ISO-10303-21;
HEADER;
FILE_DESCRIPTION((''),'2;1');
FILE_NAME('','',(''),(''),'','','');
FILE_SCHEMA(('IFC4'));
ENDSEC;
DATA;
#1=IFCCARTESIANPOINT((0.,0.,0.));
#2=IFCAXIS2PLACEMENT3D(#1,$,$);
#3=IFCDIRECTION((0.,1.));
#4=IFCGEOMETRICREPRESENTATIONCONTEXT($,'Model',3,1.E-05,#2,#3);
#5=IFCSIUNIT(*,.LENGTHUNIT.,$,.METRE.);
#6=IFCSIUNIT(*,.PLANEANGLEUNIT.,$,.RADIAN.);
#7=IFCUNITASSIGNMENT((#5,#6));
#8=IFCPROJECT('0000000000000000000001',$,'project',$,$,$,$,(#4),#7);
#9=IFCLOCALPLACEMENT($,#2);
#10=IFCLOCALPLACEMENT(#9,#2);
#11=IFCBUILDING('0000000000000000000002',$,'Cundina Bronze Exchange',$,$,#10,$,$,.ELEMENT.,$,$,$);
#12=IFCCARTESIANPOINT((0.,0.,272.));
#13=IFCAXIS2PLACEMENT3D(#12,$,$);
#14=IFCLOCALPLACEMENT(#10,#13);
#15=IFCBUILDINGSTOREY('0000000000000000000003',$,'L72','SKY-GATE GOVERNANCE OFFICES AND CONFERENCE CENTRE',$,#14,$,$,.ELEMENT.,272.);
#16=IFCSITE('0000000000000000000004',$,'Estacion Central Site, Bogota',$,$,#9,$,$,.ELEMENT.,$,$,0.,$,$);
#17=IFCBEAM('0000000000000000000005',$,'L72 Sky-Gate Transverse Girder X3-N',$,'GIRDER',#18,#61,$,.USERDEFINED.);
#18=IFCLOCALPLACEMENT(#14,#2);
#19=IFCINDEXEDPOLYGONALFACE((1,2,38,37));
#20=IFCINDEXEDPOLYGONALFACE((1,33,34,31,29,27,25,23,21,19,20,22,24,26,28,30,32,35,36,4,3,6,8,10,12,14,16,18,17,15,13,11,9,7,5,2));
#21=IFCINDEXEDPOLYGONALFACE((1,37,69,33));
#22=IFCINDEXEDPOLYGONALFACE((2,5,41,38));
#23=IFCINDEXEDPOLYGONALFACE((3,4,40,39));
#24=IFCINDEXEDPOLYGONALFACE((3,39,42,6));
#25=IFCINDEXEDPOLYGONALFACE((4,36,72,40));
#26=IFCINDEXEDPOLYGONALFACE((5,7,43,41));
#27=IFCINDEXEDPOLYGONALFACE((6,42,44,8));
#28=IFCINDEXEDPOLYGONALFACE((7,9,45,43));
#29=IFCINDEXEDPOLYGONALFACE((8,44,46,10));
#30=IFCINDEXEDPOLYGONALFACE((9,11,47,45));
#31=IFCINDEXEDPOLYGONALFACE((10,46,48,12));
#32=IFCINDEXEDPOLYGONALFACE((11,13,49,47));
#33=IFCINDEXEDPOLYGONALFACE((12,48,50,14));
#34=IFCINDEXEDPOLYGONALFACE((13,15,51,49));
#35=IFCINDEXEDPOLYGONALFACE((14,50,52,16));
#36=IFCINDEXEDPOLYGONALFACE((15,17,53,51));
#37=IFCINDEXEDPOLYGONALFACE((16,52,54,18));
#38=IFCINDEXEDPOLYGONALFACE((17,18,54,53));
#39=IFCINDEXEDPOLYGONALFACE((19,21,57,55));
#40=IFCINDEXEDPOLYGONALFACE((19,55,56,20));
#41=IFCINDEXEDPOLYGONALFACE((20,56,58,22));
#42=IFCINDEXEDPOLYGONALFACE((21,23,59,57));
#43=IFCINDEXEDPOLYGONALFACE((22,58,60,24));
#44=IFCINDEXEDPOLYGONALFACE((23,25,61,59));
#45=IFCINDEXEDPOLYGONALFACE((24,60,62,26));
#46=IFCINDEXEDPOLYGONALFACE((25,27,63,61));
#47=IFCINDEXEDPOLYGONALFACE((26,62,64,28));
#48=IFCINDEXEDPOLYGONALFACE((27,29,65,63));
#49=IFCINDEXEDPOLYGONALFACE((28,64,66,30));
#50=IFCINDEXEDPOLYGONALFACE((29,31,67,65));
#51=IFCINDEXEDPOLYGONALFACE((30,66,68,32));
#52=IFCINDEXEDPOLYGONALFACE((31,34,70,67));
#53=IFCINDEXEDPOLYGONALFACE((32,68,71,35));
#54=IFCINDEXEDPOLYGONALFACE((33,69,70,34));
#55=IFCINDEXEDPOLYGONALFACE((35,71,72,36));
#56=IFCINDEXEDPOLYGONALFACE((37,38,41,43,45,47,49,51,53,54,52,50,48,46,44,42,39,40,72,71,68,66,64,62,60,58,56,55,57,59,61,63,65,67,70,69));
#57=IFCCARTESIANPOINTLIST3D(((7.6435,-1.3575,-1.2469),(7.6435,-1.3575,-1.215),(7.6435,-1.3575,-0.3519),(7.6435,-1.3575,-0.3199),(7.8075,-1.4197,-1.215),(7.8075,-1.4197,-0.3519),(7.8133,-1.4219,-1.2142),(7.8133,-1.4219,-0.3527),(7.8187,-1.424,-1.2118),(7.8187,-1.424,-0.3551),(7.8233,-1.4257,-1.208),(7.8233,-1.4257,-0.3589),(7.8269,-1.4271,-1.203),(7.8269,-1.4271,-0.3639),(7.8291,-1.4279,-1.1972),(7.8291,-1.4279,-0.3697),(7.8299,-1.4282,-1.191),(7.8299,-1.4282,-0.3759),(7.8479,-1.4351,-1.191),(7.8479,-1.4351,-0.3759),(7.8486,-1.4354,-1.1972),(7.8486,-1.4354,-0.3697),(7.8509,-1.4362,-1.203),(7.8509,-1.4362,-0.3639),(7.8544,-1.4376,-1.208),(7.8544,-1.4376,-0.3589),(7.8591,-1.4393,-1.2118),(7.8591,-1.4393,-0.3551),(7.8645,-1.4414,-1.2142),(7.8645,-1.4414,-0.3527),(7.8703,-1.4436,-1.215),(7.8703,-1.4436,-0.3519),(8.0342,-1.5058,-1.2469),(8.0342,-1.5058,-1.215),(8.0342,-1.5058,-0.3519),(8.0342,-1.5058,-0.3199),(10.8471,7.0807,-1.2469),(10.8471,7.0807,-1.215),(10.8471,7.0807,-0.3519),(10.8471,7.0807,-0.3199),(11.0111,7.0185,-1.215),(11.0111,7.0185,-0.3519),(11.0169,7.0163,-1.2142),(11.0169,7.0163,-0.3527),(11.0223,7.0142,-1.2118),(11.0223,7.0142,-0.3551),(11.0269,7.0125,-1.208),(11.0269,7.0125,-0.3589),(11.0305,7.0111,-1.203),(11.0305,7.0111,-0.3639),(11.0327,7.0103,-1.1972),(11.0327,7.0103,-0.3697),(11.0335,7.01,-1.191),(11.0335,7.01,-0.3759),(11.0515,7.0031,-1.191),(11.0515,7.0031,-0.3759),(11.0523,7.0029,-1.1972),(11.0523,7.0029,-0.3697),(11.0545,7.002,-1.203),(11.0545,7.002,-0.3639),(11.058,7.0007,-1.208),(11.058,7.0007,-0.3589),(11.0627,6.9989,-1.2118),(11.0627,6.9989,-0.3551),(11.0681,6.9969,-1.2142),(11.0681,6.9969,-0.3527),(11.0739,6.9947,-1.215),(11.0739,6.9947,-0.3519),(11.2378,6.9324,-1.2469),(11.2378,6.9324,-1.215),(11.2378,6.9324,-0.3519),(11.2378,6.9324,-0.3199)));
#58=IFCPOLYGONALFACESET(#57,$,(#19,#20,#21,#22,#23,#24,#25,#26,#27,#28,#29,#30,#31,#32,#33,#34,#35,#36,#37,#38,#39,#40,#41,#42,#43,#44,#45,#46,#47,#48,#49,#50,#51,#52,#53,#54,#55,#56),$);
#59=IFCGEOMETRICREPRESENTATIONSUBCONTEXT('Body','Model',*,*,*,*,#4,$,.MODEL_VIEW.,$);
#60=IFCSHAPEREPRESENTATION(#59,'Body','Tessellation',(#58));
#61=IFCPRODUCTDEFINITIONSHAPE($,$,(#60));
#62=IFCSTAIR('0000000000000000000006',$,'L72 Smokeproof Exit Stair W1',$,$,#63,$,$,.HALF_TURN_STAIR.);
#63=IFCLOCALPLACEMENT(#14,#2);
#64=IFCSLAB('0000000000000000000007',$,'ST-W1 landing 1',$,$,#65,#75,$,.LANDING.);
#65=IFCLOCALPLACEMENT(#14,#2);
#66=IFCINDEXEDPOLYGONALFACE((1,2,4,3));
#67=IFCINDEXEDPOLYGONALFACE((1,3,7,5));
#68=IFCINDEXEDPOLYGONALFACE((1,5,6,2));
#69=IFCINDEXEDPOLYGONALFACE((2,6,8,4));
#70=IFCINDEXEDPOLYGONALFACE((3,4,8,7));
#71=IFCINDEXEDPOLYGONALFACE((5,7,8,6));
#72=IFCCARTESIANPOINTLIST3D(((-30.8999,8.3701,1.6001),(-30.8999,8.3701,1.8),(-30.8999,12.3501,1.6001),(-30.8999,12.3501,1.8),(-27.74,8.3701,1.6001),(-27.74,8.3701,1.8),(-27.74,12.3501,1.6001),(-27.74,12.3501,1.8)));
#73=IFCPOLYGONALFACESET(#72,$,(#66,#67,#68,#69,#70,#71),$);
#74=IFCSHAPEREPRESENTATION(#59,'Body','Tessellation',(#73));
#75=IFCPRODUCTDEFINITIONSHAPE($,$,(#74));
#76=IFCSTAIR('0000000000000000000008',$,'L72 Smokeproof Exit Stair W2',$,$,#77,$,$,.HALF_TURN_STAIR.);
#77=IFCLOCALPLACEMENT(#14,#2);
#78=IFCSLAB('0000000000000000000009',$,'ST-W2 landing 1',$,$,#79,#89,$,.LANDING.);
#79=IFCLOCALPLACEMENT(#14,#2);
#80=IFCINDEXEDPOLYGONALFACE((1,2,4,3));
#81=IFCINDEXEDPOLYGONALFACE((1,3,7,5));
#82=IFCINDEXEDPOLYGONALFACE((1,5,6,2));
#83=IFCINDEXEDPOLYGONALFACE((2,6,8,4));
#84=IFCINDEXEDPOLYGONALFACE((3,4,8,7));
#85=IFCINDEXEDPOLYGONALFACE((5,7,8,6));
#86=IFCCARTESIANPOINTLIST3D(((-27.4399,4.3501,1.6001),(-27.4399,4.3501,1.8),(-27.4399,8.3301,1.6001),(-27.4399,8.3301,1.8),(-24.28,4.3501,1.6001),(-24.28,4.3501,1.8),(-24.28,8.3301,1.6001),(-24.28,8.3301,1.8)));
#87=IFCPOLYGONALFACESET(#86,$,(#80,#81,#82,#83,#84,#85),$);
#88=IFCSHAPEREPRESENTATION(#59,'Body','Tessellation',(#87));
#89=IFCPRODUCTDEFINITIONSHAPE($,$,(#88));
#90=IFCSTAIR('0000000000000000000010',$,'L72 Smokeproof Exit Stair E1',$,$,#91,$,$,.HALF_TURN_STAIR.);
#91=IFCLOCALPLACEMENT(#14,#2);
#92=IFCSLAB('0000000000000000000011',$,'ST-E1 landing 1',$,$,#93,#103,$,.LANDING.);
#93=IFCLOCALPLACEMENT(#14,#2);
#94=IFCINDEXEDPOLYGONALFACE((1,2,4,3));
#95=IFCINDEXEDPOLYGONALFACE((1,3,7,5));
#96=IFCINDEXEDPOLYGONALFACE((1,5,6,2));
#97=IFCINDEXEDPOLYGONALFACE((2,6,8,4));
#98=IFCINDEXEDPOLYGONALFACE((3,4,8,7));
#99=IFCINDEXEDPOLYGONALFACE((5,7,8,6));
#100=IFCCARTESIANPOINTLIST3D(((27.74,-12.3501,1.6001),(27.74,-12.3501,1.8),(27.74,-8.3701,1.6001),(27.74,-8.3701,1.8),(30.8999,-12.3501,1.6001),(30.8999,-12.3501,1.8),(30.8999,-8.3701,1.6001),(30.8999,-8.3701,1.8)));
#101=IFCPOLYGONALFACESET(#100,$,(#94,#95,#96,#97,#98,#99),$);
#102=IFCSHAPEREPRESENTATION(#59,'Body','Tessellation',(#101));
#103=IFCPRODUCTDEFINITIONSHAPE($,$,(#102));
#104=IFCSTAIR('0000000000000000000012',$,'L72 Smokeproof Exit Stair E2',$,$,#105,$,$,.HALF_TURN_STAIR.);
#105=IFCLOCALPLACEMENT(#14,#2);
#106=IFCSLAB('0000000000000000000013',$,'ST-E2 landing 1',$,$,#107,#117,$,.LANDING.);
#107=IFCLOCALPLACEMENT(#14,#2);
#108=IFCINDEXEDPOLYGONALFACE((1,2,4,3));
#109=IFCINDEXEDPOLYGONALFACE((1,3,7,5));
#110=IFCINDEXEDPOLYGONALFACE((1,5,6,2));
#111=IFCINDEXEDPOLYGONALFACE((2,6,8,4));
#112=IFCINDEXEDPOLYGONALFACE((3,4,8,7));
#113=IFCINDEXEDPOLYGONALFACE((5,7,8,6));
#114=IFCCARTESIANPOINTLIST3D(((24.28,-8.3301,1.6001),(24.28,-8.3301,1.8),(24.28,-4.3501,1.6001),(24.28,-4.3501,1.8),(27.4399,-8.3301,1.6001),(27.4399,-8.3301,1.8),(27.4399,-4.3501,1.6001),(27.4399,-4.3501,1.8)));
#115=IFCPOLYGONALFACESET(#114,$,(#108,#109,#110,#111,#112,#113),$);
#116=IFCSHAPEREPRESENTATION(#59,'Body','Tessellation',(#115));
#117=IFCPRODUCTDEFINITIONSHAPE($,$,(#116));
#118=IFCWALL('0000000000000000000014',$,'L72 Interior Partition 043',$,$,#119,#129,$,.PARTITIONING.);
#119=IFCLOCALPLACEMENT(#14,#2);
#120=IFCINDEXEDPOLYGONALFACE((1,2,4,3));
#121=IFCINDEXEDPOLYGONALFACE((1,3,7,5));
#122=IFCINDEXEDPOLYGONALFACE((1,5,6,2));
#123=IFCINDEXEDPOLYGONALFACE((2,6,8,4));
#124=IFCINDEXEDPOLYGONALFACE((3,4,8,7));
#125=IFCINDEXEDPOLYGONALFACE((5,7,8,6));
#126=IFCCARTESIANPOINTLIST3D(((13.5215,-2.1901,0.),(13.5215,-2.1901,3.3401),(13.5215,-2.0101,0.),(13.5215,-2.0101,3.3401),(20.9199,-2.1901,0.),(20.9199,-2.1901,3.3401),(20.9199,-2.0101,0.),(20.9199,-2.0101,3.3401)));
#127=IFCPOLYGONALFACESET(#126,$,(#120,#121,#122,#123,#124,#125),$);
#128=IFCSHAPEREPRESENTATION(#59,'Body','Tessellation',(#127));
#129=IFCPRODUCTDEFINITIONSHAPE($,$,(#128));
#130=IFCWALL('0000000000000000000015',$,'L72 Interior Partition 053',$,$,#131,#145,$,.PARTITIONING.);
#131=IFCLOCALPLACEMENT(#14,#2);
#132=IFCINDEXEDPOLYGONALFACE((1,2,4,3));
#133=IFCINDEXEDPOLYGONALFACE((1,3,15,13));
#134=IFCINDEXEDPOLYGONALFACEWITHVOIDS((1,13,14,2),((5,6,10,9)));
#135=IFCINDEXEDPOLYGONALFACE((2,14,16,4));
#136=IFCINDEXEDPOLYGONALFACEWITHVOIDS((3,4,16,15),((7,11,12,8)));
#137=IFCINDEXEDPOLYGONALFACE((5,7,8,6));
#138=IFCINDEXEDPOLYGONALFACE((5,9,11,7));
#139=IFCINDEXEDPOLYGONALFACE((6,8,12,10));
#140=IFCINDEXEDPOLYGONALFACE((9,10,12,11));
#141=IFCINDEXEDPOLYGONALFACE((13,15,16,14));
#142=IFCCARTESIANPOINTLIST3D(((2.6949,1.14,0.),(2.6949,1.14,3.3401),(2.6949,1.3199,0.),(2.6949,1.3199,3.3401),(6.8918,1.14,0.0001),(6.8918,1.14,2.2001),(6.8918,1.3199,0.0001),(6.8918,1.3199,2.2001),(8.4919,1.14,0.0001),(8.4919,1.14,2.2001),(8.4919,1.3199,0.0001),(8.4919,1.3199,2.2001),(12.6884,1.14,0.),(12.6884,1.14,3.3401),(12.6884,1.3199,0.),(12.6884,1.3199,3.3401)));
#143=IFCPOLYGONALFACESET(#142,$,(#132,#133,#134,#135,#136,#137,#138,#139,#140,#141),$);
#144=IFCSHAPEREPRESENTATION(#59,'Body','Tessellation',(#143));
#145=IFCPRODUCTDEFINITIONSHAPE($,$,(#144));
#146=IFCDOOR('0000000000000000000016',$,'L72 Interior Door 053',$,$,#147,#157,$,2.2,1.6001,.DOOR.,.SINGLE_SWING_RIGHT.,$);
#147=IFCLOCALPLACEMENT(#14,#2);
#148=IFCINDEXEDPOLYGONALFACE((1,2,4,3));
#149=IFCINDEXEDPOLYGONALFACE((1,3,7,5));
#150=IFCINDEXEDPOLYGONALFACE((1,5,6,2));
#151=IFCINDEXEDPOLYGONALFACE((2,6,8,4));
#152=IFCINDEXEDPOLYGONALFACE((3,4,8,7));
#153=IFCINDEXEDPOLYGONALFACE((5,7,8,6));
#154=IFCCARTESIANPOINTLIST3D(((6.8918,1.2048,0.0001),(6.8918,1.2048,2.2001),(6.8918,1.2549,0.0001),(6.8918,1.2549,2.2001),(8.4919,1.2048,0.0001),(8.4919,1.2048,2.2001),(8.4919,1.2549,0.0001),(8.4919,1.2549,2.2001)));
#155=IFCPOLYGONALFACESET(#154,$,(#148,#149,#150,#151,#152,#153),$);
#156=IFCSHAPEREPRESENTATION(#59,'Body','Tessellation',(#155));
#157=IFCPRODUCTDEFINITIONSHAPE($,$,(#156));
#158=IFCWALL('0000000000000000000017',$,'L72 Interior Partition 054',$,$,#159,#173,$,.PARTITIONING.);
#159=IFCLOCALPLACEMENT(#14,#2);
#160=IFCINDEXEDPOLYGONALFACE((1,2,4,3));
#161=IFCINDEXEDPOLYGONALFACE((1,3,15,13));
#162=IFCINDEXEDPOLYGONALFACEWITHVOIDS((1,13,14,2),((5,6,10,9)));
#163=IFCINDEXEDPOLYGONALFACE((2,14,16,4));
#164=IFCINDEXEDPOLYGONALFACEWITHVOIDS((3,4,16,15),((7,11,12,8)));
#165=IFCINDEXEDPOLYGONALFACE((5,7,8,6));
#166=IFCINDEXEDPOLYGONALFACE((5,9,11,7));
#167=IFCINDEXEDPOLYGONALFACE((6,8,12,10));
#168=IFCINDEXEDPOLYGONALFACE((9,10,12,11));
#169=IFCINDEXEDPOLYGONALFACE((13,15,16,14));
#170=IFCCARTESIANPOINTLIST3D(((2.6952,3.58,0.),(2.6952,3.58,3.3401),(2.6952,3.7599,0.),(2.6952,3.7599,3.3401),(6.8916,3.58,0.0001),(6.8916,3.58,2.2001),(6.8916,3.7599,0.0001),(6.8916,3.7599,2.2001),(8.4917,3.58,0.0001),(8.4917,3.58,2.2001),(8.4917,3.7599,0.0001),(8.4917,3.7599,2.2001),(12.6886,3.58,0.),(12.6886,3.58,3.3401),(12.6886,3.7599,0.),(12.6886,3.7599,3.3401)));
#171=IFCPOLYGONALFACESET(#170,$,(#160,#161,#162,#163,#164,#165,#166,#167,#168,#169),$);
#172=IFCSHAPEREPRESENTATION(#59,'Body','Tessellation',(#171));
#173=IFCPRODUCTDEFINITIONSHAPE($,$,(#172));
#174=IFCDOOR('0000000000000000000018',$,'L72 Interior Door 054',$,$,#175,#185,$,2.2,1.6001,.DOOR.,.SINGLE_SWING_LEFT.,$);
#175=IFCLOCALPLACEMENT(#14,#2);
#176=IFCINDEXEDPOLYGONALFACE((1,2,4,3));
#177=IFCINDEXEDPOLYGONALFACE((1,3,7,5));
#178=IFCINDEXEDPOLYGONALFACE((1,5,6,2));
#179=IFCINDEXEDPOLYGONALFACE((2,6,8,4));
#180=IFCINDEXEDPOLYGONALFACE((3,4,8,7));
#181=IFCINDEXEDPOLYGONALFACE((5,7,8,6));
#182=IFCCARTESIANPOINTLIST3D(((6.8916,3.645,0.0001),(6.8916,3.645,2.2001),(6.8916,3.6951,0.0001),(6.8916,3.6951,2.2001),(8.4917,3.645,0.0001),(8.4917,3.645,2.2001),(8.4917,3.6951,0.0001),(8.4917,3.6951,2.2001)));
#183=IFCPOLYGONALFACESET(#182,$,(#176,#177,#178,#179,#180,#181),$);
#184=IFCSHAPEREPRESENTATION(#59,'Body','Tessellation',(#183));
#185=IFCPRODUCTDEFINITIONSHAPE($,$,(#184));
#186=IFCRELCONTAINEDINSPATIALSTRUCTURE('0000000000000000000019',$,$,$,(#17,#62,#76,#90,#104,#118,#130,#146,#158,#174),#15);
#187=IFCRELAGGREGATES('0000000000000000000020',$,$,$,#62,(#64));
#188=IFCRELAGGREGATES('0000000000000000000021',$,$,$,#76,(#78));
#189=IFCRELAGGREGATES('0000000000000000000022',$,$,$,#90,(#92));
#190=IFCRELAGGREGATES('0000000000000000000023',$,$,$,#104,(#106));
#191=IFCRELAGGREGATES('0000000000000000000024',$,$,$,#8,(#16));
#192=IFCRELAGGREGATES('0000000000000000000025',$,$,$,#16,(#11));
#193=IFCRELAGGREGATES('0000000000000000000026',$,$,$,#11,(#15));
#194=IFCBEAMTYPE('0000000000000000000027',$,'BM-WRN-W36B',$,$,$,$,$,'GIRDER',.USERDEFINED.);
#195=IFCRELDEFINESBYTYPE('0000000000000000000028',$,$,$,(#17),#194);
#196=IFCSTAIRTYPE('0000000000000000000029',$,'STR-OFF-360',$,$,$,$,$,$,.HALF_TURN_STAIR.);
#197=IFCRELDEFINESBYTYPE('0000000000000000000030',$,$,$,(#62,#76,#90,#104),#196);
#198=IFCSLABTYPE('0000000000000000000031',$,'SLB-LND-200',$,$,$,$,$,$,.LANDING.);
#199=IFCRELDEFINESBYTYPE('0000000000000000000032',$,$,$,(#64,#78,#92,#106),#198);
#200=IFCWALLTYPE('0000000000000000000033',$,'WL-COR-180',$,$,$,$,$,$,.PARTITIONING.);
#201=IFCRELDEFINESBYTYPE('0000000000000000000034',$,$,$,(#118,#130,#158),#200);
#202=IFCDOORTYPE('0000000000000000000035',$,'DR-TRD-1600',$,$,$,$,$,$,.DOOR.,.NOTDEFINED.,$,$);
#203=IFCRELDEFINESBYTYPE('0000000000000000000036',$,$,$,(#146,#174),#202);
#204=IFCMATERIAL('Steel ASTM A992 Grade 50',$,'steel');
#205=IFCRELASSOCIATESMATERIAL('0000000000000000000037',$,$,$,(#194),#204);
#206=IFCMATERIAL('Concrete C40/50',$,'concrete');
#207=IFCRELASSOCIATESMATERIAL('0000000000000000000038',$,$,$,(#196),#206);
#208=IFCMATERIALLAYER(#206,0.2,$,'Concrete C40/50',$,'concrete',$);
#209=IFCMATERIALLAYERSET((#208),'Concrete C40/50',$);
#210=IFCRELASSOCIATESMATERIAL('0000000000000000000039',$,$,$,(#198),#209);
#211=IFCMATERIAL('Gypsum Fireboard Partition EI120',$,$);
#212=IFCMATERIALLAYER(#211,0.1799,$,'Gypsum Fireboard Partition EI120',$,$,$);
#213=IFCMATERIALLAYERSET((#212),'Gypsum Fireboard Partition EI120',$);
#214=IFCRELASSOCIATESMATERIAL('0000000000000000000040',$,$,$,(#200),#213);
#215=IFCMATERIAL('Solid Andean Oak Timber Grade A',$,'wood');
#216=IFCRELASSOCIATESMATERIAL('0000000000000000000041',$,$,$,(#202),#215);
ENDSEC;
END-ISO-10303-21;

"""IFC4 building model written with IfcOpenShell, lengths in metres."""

from ifc_helpers import new_model, si_unit, direction, frame, frame_2d, origin, origin_2d, place, context, subcontext, project, spatial, polyline, rectangle, i_section, outline, extrude, material, layer, layer_set, material_profile, profile_set, type_object, element, fill, aggregate, save


model = new_model("IFC4")

# Units and contexts
model_context = context("Model", 3, precision=1e-05, world=origin(), true_north=direction((0.0, 1.0)))
body_context = subcontext(model_context, "Body", "Model", "MODEL_VIEW")
ifc_project = project(units=[si_unit("LENGTHUNIT", "METRE"), si_unit("PLANEANGLEUNIT", "RADIAN")], contexts=[model_context])

# Site, building, storey
site_placement = place(None, origin())
site = spatial("IfcSite", under=ifc_project, at=site_placement, Name="Estacion Central Site, Bogota", CompositionType="ELEMENT", RefElevation=0.0)
building_placement = place(site_placement, origin())
building = spatial("IfcBuilding", under=site, at=building_placement, Name="Cundina Bronze Exchange", CompositionType="ELEMENT")
storey_placement = place(building_placement, frame((0.0, 0.0, 272.0)))
storey = spatial("IfcBuildingStorey", under=building, at=storey_placement, Name="L72", Description="SKY-GATE GOVERNANCE OFFICES AND CONFERENCE CENTRE", CompositionType="ELEMENT", Elevation=272.0)

# Beam
ifc_material_1 = material(Name="Steel ASTM A992 Grade 50", Category="steel")
ifc_material_profile_1 = material_profile(ifc_material_1, i_section(OverallWidth=0.418, OverallDepth=0.927, WebThickness=0.0193, FlangeThickness=0.032, FilletRadius=0.0239, at=origin_2d()), Name="W36X231", Category="steel")
ifc_profile_set_1 = profile_set([ifc_material_profile_1], Name="Steel ASTM A992 Grade 50")
beam_type_1 = type_object("IfcBeamType", Name="BM-WRN-W36B", ElementType="GIRDER", PredefinedType="USERDEFINED", material=ifc_profile_set_1)
beam_1_placement = place(storey_placement, frame((7.8389, -1.4316, -0.7834), z_axis=(0.354936, 0.934891, 0.0), x_axis=(-0.934891, 0.354936, 0.0)))
element("IfcBeam", 1, at=beam_1_placement, inside=storey, type_object=beam_type_1, Name="L72 Sky-Gate Transverse Girder X3-N", ObjectType="GIRDER", PredefinedType="USERDEFINED", context=body_context, shape_type="SweptSolid", body=[
    extrude(i_section(OverallWidth=0.418, OverallDepth=0.927, WebThickness=0.0193, FlangeThickness=0.032, FilletRadius=0.0239, at=origin_2d()), origin(), (0.0, 0.0, 1.0), 9.0259),
])

# Stairs, slabs
ifc_material_2 = material(Name="Concrete C40/50", Category="concrete")
stair_type = type_object("IfcStairType", Name="STR-OFF-360", PredefinedType="HALF_TURN_STAIR", material=ifc_material_2)
stair_1_placement = place(storey_placement, origin())
stair_1 = element("IfcStair", 2, at=stair_1_placement, inside=storey, type_object=stair_type, Name="L72 Smokeproof Exit Stair W1", PredefinedType="HALF_TURN_STAIR")
ifc_layer_1 = layer(ifc_material_2, 0.2, Name="Concrete C40/50", Category="concrete")
ifc_layer_set_1 = layer_set([ifc_layer_1], Name="Concrete C40/50")
slab_type = type_object("IfcSlabType", Name="SLB-LND-200", PredefinedType="LANDING", material=ifc_layer_set_1)
slab_1_placement = place(storey_placement, frame((0.0, 0.0, 1.6001)))
slab_1 = element("IfcSlab", 3, at=slab_1_placement, type_object=slab_type, Name="ST-W1 landing 1", PredefinedType="LANDING", context=body_context, shape_type="SweptSolid", body=[
    extrude(outline(polyline([(-27.74, 8.3701), (-27.74, 12.3501), (-30.8999, 12.3501), (-30.8999, 8.3701), (-27.74, 8.3701)])), origin(), (0.0, 0.0, 1.0), 0.2),
])
aggregate(stair_1, [slab_1])
stair_2_placement = place(storey_placement, origin())
stair_2 = element("IfcStair", 4, at=stair_2_placement, inside=storey, type_object=stair_type, Name="L72 Smokeproof Exit Stair W2", PredefinedType="HALF_TURN_STAIR")
slab_2_placement = place(storey_placement, frame((0.0, 0.0, 1.6001)))
slab_2 = element("IfcSlab", 5, at=slab_2_placement, type_object=slab_type, Name="ST-W2 landing 1", PredefinedType="LANDING", context=body_context, shape_type="SweptSolid", body=[
    extrude(outline(polyline([(-27.4399, 8.3301), (-27.4399, 4.3501), (-24.28, 4.3501), (-24.28, 8.3301), (-27.4399, 8.3301)])), origin(), (0.0, 0.0, 1.0), 0.2),
])
aggregate(stair_2, [slab_2])
stair_3_placement = place(storey_placement, origin())
stair_3 = element("IfcStair", 6, at=stair_3_placement, inside=storey, type_object=stair_type, Name="L72 Smokeproof Exit Stair E1", PredefinedType="HALF_TURN_STAIR")
slab_3_placement = place(storey_placement, frame((0.0, 0.0, 1.6001)))
slab_3 = element("IfcSlab", 7, at=slab_3_placement, type_object=slab_type, Name="ST-E1 landing 1", PredefinedType="LANDING", context=body_context, shape_type="SweptSolid", body=[
    extrude(outline(polyline([(27.74, -8.3701), (27.74, -12.3501), (30.8999, -12.3501), (30.8999, -8.3701), (27.74, -8.3701)])), origin(), (0.0, 0.0, 1.0), 0.2),
])
aggregate(stair_3, [slab_3])
stair_4_placement = place(storey_placement, origin())
stair_4 = element("IfcStair", 8, at=stair_4_placement, inside=storey, type_object=stair_type, Name="L72 Smokeproof Exit Stair E2", PredefinedType="HALF_TURN_STAIR")
slab_4_placement = place(storey_placement, frame((0.0, 0.0, 1.6001)))
slab_4 = element("IfcSlab", 9, at=slab_4_placement, type_object=slab_type, Name="ST-E2 landing 1", PredefinedType="LANDING", context=body_context, shape_type="SweptSolid", body=[
    extrude(outline(polyline([(27.4399, -8.3301), (27.4399, -4.3501), (24.28, -4.3501), (24.28, -8.3301), (27.4399, -8.3301)])), origin(), (0.0, 0.0, 1.0), 0.2),
])
aggregate(stair_4, [slab_4])

# Wall
ifc_material_3 = material(Name="Gypsum Fireboard Partition EI120")
ifc_layer_2 = layer(ifc_material_3, 0.1799, Name="Gypsum Fireboard Partition EI120")
ifc_layer_set_2 = layer_set([ifc_layer_2], Name="Gypsum Fireboard Partition EI120")
wall_type = type_object("IfcWallType", Name="WL-COR-180", PredefinedType="PARTITIONING", material=ifc_layer_set_2)
wall_1_placement = place(storey_placement, frame((13.5215, -2.1001, 0.0), z_axis=(0.0, 0.0, 1.0), x_axis=(1.0, 0.0, 0.0)))
element("IfcWall", 10, at=wall_1_placement, inside=storey, type_object=wall_type, Name="L72 Interior Partition 043", PredefinedType="PARTITIONING", context=body_context, shape_type="SweptSolid", body=[
    extrude(rectangle(XDim=7.3984, YDim=0.1799, at=frame_2d((3.6992, 0.0))), origin(), (0.0, 0.0, 1.0), 3.3401),
])

# Walls, openings, doors
wall_2_placement = place(storey_placement, frame((2.6951, 1.23, 0.0), z_axis=(0.0, 0.0, 1.0), x_axis=(1.0, 0.0, 0.0)))
wall_2 = element("IfcWall", 11, at=wall_2_placement, inside=storey, type_object=wall_type, Name="L72 Interior Partition 053", PredefinedType="PARTITIONING", context=body_context, shape_type="SweptSolid", body=[
    extrude(rectangle(XDim=9.9934, YDim=0.1799, at=frame_2d((4.9966, 0.0))), origin(), (0.0, 0.0, 1.0), 3.3401),
])
opening_1_placement = place(wall_2_placement, frame((4.1968, 0.0, 0.0)))
opening_1 = element("IfcOpeningElement", 12, at=opening_1_placement, cuts=wall_2, PredefinedType="OPENING", context=body_context, shape_type="SweptSolid", body=[
    extrude(rectangle(XDim=1.6001, YDim=2.2, at=frame_2d((0.8, 1.1001))), frame((0.0, 0.0999, 0.0), z_axis=(0.0, -1.0, 0.0), x_axis=(1.0, 0.0, 0.0)), (0.0, 0.0, 1.0), 0.2),
])
ifc_material_4 = material(Name="Solid Andean Oak Timber Grade A", Category="wood")
door_type_1 = type_object("IfcDoorType", Name="DR-TRD-1600", OperationType="NOTDEFINED", PredefinedType="DOOR", material=ifc_material_4)
door_1_placement = place(opening_1_placement, origin())
door_1 = element("IfcDoor", 13, at=door_1_placement, inside=storey, type_object=door_type_1, Name="L72 Interior Door 053", OperationType="SINGLE_SWING_RIGHT", OverallHeight=2.2, OverallWidth=1.6001, PredefinedType="DOOR", context=body_context, shape_type="SweptSolid", body=[
    extrude(rectangle(XDim=1.6001, YDim=2.2, at=frame_2d((0.8, 1.1001))), frame((0.0, 0.0249, 0.0), z_axis=(0.0, -1.0, 0.0), x_axis=(1.0, 0.0, 0.0)), (0.0, 0.0, 1.0), 0.05),
])
fill(opening_1, door_1)
wall_3_placement = place(storey_placement, frame((12.6885, 3.6699, 0.0), z_axis=(0.0, 0.0, 1.0), x_axis=(-1.0, 0.0, 0.0)))
wall_3 = element("IfcWall", 14, at=wall_3_placement, inside=storey, type_object=wall_type, Name="L72 Interior Partition 054", PredefinedType="PARTITIONING", context=body_context, shape_type="SweptSolid", body=[
    extrude(rectangle(XDim=9.9934, YDim=0.1799, at=frame_2d((4.9966, 0.0))), origin(), (0.0, 0.0, 1.0), 3.3401),
])
opening_2_placement = place(wall_3_placement, frame((4.1968, 0.0, 0.0)))
opening_2 = element("IfcOpeningElement", 15, at=opening_2_placement, cuts=wall_3, PredefinedType="OPENING", context=body_context, shape_type="SweptSolid", body=[
    extrude(rectangle(XDim=1.6001, YDim=2.2, at=frame_2d((0.8, 1.1001))), frame((0.0, 0.0999, 0.0), z_axis=(0.0, -1.0, 0.0), x_axis=(1.0, 0.0, 0.0)), (0.0, 0.0, 1.0), 0.2),
])
door_2_placement = place(opening_2_placement, origin())
door_2 = element("IfcDoor", 16, at=door_2_placement, inside=storey, type_object=door_type_1, Name="L72 Interior Door 054", OperationType="SINGLE_SWING_LEFT", OverallHeight=2.2, OverallWidth=1.6001, PredefinedType="DOOR", context=body_context, shape_type="SweptSolid", body=[
    extrude(rectangle(XDim=1.6001, YDim=2.2, at=frame_2d((0.8, 1.1001))), frame((0.0, 0.0249, 0.0), z_axis=(0.0, -1.0, 0.0), x_axis=(1.0, 0.0, 0.0)), (0.0, 0.0, 1.0), 0.05),
])
fill(opening_2, door_2)

save(model, "model.ifc")
